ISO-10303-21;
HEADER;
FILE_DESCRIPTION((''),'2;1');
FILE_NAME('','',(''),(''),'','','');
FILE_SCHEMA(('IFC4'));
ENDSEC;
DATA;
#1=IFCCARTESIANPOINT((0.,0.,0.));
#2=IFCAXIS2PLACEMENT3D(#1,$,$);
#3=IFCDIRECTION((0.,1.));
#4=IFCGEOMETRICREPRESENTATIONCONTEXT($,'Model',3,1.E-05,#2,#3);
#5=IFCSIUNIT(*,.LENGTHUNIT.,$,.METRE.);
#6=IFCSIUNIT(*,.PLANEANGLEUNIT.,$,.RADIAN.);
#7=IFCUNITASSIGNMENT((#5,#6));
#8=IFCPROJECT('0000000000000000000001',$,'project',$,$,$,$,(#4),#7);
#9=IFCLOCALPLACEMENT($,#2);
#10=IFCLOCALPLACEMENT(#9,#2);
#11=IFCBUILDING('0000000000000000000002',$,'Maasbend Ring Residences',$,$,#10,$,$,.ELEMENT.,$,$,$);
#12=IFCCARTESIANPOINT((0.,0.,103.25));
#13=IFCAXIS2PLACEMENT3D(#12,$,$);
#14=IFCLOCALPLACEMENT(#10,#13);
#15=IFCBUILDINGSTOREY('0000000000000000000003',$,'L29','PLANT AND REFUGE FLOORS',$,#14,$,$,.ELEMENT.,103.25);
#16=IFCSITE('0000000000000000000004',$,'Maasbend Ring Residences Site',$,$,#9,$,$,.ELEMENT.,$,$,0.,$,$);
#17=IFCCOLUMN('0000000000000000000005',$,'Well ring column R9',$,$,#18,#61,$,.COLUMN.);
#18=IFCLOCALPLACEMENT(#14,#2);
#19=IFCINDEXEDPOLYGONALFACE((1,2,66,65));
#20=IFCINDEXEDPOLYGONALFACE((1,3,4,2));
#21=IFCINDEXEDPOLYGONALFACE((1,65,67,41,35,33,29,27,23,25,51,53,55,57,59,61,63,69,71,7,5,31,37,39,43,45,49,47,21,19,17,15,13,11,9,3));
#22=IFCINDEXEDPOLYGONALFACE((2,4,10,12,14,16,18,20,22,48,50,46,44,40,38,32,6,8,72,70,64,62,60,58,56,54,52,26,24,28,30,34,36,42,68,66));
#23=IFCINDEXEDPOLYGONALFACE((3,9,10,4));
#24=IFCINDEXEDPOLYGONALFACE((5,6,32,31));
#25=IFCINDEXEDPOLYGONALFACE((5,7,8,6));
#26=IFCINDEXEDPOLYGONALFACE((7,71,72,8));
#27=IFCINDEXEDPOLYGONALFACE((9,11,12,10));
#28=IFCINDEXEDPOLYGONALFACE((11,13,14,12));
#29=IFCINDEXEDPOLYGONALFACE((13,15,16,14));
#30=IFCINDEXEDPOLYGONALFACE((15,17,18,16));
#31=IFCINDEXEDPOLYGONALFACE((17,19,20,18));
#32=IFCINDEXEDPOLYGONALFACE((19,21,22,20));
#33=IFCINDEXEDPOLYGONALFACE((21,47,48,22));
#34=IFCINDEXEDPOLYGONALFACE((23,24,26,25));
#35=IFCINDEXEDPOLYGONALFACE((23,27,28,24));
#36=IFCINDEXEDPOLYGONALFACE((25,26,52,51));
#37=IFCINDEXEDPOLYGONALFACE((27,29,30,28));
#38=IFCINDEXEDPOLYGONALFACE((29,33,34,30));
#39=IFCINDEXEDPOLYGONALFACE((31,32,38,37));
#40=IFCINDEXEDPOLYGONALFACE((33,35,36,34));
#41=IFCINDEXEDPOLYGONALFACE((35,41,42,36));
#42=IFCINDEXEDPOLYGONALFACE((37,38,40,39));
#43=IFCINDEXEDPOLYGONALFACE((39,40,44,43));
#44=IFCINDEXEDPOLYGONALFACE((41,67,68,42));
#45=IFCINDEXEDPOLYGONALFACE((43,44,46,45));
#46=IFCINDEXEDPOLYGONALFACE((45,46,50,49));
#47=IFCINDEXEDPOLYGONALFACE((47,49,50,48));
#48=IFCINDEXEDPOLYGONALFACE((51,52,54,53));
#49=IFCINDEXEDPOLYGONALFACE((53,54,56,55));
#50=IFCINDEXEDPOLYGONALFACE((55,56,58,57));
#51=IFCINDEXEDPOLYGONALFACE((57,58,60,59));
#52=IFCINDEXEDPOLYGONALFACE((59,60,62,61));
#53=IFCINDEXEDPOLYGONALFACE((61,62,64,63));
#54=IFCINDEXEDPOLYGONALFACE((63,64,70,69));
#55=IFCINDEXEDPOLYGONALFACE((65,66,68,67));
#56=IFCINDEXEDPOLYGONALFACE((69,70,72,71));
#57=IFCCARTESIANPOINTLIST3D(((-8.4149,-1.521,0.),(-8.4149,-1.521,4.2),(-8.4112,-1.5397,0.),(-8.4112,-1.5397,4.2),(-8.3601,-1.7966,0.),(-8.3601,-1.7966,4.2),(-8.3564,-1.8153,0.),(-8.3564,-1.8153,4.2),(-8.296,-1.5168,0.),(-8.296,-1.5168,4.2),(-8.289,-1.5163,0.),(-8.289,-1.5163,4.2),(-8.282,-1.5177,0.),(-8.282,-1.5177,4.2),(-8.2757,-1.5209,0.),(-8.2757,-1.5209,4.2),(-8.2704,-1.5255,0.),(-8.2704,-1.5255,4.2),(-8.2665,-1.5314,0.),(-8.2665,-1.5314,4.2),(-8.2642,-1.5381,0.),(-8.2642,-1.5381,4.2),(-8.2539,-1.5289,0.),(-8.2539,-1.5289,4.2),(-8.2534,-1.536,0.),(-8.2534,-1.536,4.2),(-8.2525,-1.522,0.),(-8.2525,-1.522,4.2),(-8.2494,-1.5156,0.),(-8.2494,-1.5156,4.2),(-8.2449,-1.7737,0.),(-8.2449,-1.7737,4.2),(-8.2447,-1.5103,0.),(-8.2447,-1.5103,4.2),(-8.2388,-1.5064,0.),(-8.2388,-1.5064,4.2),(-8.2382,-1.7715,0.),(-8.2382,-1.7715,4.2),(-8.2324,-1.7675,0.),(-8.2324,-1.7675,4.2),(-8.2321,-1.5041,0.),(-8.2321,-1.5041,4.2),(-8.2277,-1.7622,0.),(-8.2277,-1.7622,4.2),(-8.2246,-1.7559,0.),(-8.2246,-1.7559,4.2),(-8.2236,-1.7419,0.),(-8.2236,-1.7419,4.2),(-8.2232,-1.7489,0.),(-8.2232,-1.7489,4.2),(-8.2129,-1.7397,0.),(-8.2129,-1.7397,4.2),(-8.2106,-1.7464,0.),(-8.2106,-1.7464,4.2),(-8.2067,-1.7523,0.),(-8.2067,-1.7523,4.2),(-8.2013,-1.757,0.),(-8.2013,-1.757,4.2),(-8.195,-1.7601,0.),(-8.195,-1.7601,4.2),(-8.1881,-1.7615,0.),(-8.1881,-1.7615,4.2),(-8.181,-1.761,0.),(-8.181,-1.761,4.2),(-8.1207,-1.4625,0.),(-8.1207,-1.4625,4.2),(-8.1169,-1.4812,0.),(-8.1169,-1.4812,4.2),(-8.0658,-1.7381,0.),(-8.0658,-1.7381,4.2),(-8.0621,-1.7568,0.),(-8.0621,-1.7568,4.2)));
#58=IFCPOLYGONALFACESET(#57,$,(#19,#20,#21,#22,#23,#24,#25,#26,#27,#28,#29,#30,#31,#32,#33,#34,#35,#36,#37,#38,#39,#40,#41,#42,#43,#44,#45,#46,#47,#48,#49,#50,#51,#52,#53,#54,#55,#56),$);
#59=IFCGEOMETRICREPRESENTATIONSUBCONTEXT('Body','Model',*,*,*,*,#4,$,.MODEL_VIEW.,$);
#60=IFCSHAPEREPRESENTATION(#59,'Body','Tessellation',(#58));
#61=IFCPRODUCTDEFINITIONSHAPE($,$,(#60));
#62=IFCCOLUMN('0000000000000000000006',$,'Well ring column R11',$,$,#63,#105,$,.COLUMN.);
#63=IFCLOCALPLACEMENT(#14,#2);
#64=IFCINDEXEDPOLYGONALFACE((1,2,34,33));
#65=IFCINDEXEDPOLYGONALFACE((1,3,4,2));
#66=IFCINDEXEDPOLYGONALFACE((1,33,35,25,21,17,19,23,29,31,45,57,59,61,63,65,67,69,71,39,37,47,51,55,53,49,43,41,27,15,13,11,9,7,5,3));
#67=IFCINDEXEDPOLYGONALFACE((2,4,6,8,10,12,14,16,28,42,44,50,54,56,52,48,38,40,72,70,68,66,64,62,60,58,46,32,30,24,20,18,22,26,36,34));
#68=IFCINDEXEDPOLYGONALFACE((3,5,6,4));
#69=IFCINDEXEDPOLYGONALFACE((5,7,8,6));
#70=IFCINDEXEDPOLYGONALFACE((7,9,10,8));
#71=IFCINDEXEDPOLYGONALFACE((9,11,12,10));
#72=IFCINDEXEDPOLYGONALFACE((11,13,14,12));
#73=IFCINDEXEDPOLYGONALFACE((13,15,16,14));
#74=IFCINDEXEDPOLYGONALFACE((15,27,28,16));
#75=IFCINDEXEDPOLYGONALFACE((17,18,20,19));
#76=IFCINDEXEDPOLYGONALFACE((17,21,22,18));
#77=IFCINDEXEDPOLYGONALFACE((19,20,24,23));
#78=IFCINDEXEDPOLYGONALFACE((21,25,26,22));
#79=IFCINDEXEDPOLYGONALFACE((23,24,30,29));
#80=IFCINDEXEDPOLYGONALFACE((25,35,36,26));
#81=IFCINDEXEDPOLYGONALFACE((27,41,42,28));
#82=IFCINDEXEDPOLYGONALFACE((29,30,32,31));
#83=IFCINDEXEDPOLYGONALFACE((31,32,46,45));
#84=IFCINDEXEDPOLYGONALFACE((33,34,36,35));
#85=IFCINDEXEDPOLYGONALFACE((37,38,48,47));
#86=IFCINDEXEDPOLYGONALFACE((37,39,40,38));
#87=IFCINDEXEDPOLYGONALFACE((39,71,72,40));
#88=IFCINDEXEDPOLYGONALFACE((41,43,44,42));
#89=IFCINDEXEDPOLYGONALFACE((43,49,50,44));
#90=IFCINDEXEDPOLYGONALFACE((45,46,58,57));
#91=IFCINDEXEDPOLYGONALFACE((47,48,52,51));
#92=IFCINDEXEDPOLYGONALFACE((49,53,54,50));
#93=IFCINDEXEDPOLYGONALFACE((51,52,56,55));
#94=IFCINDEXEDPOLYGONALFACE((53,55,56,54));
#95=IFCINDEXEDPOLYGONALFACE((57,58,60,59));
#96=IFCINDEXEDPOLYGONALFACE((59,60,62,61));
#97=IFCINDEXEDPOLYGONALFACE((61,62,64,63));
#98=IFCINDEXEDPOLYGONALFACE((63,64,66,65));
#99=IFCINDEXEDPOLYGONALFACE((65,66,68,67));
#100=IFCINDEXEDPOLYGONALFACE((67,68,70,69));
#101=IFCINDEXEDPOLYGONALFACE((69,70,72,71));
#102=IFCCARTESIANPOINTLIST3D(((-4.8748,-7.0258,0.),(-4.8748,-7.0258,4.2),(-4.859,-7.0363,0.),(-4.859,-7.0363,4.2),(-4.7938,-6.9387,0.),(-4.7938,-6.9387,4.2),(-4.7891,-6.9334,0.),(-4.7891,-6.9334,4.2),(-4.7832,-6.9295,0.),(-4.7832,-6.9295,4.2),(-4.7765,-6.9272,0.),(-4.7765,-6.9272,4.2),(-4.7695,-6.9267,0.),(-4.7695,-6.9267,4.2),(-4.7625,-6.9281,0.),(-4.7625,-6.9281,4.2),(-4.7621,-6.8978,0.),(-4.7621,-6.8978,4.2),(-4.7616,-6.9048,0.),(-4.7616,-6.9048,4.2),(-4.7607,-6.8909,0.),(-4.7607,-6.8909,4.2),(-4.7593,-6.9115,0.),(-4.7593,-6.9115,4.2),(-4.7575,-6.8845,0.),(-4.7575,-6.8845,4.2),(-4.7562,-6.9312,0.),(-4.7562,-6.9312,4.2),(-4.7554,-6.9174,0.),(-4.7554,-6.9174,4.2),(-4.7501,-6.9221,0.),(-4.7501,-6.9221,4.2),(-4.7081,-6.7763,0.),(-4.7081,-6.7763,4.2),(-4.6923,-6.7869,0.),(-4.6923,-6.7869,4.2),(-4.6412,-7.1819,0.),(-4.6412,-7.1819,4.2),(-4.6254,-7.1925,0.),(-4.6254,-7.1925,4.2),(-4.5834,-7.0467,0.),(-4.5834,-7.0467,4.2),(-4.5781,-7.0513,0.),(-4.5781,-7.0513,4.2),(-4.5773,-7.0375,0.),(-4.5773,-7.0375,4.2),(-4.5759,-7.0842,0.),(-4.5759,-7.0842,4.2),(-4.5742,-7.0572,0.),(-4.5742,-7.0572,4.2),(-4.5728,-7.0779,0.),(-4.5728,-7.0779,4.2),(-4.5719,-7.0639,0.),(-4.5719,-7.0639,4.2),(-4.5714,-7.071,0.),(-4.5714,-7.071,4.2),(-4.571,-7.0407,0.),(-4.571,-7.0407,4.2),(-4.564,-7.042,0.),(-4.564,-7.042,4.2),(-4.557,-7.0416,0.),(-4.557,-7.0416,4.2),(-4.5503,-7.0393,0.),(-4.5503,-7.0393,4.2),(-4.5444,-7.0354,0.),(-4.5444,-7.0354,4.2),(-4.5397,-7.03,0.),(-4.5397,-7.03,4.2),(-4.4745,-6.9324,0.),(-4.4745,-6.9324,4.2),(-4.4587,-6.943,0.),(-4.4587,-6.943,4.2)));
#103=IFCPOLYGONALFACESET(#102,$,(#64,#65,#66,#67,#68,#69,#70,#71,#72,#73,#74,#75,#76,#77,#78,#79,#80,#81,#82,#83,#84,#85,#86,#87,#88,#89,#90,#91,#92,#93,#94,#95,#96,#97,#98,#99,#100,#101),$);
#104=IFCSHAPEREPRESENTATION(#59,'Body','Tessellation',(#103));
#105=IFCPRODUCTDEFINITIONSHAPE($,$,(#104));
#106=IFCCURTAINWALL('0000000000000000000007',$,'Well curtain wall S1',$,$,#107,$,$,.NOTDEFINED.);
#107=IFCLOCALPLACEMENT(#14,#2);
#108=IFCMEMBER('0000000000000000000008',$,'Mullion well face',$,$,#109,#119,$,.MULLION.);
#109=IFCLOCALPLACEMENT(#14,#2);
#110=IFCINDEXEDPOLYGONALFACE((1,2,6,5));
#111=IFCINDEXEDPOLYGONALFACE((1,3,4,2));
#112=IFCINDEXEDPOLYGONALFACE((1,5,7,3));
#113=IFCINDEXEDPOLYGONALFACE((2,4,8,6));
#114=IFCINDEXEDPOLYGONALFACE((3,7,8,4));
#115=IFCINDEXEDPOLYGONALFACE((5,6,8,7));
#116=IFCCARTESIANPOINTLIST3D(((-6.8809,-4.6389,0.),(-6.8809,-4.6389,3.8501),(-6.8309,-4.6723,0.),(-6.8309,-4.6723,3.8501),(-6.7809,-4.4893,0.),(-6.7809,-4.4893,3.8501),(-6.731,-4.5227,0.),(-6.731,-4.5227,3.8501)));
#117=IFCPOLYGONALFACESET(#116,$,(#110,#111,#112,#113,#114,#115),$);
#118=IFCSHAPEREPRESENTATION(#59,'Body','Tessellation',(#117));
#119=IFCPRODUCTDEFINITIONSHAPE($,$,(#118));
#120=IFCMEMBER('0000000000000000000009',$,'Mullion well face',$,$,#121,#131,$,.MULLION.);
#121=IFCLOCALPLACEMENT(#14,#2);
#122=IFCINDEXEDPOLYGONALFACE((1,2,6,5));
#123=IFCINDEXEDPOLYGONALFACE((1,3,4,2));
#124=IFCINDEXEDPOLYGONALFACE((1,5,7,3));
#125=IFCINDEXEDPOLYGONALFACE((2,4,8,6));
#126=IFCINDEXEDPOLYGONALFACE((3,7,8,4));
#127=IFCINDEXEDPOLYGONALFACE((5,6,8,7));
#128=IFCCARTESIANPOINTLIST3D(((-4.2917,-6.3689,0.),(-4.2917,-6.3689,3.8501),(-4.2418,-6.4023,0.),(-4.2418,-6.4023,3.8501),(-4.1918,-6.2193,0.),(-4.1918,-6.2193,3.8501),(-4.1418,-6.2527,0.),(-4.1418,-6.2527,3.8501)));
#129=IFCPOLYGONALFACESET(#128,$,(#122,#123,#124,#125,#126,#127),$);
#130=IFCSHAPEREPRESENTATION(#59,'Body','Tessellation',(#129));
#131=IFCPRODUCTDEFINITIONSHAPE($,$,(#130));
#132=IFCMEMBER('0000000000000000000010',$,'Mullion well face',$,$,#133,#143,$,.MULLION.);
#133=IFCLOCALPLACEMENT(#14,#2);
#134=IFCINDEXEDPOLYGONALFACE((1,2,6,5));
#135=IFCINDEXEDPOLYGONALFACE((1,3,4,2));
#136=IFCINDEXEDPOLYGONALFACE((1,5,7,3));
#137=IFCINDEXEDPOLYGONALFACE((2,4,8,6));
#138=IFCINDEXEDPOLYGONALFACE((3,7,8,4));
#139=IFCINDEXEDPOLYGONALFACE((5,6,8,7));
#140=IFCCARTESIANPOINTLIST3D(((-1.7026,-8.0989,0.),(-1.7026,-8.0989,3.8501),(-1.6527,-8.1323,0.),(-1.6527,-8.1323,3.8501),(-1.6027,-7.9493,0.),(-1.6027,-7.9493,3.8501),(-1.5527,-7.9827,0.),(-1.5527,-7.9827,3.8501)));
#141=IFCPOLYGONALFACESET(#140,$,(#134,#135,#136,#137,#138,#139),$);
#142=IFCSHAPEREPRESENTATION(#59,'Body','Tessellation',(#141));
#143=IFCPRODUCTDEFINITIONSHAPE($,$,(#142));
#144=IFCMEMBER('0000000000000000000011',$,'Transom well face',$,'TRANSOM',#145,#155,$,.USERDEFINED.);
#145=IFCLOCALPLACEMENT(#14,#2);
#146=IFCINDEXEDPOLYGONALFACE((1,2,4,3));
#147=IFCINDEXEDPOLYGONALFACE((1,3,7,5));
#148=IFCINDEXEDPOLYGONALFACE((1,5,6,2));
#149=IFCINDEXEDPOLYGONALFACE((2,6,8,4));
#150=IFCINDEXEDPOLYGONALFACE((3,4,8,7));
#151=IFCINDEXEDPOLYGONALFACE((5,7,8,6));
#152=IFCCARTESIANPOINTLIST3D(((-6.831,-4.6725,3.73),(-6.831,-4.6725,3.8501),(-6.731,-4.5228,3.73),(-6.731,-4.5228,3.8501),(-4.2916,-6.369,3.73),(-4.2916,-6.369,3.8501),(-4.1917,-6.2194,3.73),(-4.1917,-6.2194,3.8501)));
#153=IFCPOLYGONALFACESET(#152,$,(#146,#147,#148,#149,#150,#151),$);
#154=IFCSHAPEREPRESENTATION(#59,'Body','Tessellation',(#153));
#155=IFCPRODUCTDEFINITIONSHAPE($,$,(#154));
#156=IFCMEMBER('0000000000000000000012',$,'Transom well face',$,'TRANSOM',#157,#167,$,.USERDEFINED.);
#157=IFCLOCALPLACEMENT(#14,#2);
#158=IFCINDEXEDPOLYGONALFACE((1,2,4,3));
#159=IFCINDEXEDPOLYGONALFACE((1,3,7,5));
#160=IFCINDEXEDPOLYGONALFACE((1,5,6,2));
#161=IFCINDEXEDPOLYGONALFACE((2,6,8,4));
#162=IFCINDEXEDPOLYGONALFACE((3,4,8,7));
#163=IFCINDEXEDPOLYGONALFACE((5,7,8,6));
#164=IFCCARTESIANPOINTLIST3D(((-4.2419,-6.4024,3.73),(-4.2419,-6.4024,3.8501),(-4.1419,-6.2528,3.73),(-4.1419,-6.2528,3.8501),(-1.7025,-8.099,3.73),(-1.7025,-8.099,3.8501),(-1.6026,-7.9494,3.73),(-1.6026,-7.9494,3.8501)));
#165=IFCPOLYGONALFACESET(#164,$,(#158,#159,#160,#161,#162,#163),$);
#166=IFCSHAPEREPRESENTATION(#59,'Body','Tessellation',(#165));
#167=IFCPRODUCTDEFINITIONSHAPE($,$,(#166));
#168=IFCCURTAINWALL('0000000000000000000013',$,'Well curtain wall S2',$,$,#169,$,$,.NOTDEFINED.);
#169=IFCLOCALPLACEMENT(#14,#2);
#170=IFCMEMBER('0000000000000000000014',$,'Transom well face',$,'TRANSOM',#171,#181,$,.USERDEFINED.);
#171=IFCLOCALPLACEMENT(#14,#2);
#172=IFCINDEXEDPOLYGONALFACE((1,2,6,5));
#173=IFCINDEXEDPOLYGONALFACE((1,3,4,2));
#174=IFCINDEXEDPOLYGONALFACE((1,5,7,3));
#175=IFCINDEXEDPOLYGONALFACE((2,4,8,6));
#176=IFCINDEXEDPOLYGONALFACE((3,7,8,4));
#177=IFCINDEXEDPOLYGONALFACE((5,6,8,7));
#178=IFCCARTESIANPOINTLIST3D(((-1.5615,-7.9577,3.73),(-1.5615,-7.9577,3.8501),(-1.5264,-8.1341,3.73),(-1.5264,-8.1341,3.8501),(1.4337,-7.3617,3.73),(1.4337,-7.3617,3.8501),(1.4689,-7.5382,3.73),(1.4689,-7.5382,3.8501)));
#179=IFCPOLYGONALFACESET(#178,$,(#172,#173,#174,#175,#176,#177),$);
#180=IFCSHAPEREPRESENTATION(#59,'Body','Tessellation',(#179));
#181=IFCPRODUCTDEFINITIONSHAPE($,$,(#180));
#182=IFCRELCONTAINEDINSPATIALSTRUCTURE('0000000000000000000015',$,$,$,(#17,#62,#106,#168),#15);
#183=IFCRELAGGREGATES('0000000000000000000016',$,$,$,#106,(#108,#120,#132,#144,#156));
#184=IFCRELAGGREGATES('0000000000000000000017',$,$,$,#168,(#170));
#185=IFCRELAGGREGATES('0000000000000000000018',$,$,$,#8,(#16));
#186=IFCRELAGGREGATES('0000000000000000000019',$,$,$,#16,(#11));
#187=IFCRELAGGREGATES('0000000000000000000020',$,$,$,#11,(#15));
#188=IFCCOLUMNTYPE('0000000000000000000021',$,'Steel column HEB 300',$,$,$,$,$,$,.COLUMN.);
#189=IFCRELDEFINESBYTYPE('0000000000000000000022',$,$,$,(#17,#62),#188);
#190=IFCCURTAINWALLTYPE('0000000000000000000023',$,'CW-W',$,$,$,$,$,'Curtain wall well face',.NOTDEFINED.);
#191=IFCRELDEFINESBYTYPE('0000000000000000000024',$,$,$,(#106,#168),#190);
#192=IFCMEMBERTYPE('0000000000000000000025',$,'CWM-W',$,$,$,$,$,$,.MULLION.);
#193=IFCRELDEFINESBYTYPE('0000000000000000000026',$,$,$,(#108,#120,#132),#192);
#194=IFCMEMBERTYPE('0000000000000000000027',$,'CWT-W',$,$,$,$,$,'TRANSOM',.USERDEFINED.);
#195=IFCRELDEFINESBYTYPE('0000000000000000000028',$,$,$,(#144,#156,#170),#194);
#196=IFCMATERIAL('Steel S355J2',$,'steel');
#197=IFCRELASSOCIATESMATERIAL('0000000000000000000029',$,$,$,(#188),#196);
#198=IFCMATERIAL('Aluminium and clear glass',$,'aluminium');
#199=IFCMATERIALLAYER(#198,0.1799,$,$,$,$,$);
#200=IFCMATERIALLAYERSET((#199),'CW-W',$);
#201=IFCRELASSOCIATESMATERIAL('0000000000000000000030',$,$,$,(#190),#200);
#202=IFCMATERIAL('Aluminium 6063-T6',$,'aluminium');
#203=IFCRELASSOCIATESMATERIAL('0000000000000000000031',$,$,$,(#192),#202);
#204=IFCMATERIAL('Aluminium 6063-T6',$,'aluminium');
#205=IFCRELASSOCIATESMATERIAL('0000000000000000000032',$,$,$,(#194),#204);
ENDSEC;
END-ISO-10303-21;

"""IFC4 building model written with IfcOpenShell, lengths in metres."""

from ifc_helpers import new_model, si_unit, direction, frame, origin, origin_2d, place, context, subcontext, project, spatial, rectangle, i_section, extrude, material, layer, layer_set, material_profile, profile_set, type_object, element, aggregate, save


model = new_model("IFC4")

# Units and contexts
model_context = context("Model", 3, precision=1e-05, world=origin(), true_north=direction((0.0, 1.0)))
body_context = subcontext(model_context, "Body", "Model", "MODEL_VIEW")
ifc_project = project(units=[si_unit("LENGTHUNIT", "METRE"), si_unit("PLANEANGLEUNIT", "RADIAN")], contexts=[model_context])

# Site, building, storey
site_placement = place(None, origin())
site = spatial("IfcSite", under=ifc_project, at=site_placement, Name="Maasbend Ring Residences Site", CompositionType="ELEMENT", RefElevation=0.0)
building_placement = place(site_placement, origin())
building = spatial("IfcBuilding", under=site, at=building_placement, Name="Maasbend Ring Residences", CompositionType="ELEMENT")
storey_placement = place(building_placement, frame((0.0, 0.0, 103.25)))
storey = spatial("IfcBuildingStorey", under=building, at=storey_placement, Name="L29", Description="PLANT AND REFUGE FLOORS", CompositionType="ELEMENT", Elevation=103.25)

# Columns
ifc_material_1 = material(Name="Steel S355J2", Category="steel")
ifc_material_profile_1 = material_profile(ifc_material_1, i_section(OverallWidth=0.3, OverallDepth=0.3, WebThickness=0.011, FlangeThickness=0.019, FilletRadius=0.0271, at=origin_2d()), Name="HEB 300")
ifc_profile_set_1 = profile_set([ifc_material_profile_1], Name="Steel S355J2")
column_type = type_object("IfcColumnType", Name="Steel column HEB 300", PredefinedType="COLUMN", material=ifc_profile_set_1)
for number, where, z_axis, x_axis, name in (
    (1, (-8.2385, -1.6389, 0.0), (0.0, 0.0, 1.0), (-0.980785, -0.19509, 0.0), "Well ring column R9"),
    (2, (-4.6667, -6.9844, 0.0), (0.0, 0.0, 1.0), (-0.55557, -0.83147, 0.0), "Well ring column R11"),
):
    element("IfcColumn", number, at=place(storey_placement, frame(where, z_axis=z_axis, x_axis=x_axis)), inside=storey, type_object=column_type, Name=name, PredefinedType="COLUMN", context=body_context, shape_type="SweptSolid", body=[
        extrude(i_section(OverallWidth=0.3, OverallDepth=0.3, WebThickness=0.011, FlangeThickness=0.019, FilletRadius=0.0271, at=origin_2d()), origin(), (0.0, 0.0, 1.0), 4.2),
    ])

# Curtain wall, members
ifc_material_2 = material(Name="Aluminium and clear glass", Category="aluminium")
ifc_layer_1 = layer(ifc_material_2, 0.1799)
ifc_layer_set_1 = layer_set([ifc_layer_1], Name="CW-W")
curtain_wall_type = type_object("IfcCurtainWallType", Name="CW-W", ElementType="Curtain wall well face", PredefinedType="NOTDEFINED", material=ifc_layer_set_1)
curtain_wall_1_placement = place(storey_placement, origin())
curtain_wall_1 = element("IfcCurtainWall", 3, at=curtain_wall_1_placement, inside=storey, type_object=curtain_wall_type, Name="Well curtain wall S1", PredefinedType="NOTDEFINED")
ifc_material_3 = material(Name="Aluminium 6063-T6", Category="aluminium")
ifc_material_profile_2 = material_profile(ifc_material_3, rectangle(XDim=0.1799, YDim=0.0601, at=origin_2d()), Name="AL 180x60")
ifc_profile_set_2 = profile_set([ifc_material_profile_2], Name="Aluminium 6063-T6")
member_type_1 = type_object("IfcMemberType", Name="CWM-W", PredefinedType="MULLION", material=ifc_profile_set_2)
member_1_placement = place(storey_placement, frame((-6.8059, -4.5808, 0.0), z_axis=(0.0, 0.0, 1.0), x_axis=(0.55557, 0.83147, 0.0)))
member_1 = element("IfcMember", 4, at=member_1_placement, type_object=member_type_1, Name="Mullion well face", PredefinedType="MULLION", context=body_context, shape_type="SweptSolid", body=[
    extrude(rectangle(XDim=0.1799, YDim=0.0601, at=origin_2d()), origin(), (0.0, 0.0, 1.0), 3.8501),
])
member_2_placement = place(storey_placement, frame((-4.2168, -6.3108, 0.0), z_axis=(0.0, 0.0, 1.0), x_axis=(0.55557, 0.83147, 0.0)))
member_2 = element("IfcMember", 5, at=member_2_placement, type_object=member_type_1, Name="Mullion well face", PredefinedType="MULLION", context=body_context, shape_type="SweptSolid", body=[
    extrude(rectangle(XDim=0.1799, YDim=0.0601, at=origin_2d()), origin(), (0.0, 0.0, 1.0), 3.8501),
])
member_3_placement = place(storey_placement, frame((-1.6277, -8.0408, 0.0), z_axis=(0.0, 0.0, 1.0), x_axis=(0.55557, 0.83147, 0.0)))
member_3 = element("IfcMember", 6, at=member_3_placement, type_object=member_type_1, Name="Mullion well face", PredefinedType="MULLION", context=body_context, shape_type="SweptSolid", body=[
    extrude(rectangle(XDim=0.1799, YDim=0.0601, at=origin_2d()), origin(), (0.0, 0.0, 1.0), 3.8501),
])
ifc_material_4 = material(Name="Aluminium 6063-T6", Category="aluminium")
ifc_material_profile_3 = material_profile(ifc_material_4, rectangle(XDim=0.1799, YDim=0.1201, at=origin_2d()), Name="AL 180x120")
ifc_profile_set_3 = profile_set([ifc_material_profile_3], Name="Aluminium 6063-T6")
member_type_2 = type_object("IfcMemberType", Name="CWT-W", ElementType="TRANSOM", PredefinedType="USERDEFINED", material=ifc_profile_set_3)
member_4_placement = place(storey_placement, frame((-6.781, -4.5977, 3.79), z_axis=(0.831496, -0.55553, 0.0), x_axis=(0.55553, 0.831496, 0.0)))
member_4 = element("IfcMember", 7, at=member_4_placement, type_object=member_type_2, Name="Transom well face", ObjectType="TRANSOM", PredefinedType="USERDEFINED", context=body_context, shape_type="SweptSolid", body=[
    extrude(rectangle(XDim=0.1799, YDim=0.1201, at=origin_2d()), origin(), (0.0, 0.0, 1.0), 3.054),
])
member_5_placement = place(storey_placement, frame((-4.1919, -6.3276, 3.79), z_axis=(0.831496, -0.55553, 0.0), x_axis=(0.55553, 0.831496, 0.0)))
member_5 = element("IfcMember", 8, at=member_5_placement, type_object=member_type_2, Name="Transom well face", ObjectType="TRANSOM", PredefinedType="USERDEFINED", context=body_context, shape_type="SweptSolid", body=[
    extrude(rectangle(XDim=0.1799, YDim=0.1201, at=origin_2d()), origin(), (0.0, 0.0, 1.0), 3.054),
])

# Curtain wall, member
curtain_wall_2_placement = place(storey_placement, origin())
curtain_wall_2 = element("IfcCurtainWall", 9, at=curtain_wall_2_placement, inside=storey, type_object=curtain_wall_type, Name="Well curtain wall S2", PredefinedType="NOTDEFINED")
member_6_placement = place(storey_placement, frame((-1.5439, -8.0459, 3.79), z_axis=(0.980777, 0.195132, 0.0), x_axis=(-0.195132, 0.980777, 0.0)))
member_6 = element("IfcMember", 10, at=member_6_placement, type_object=member_type_2, Name="Transom well face", ObjectType="TRANSOM", PredefinedType="USERDEFINED", context=body_context, shape_type="SweptSolid", body=[
    extrude(rectangle(XDim=0.1799, YDim=0.1201, at=origin_2d()), origin(), (0.0, 0.0, 1.0), 3.054),
])

aggregate(curtain_wall_1, [member_1, member_2, member_3, member_4, member_5])
aggregate(curtain_wall_2, [member_6])

save(model, "model.ifc")
